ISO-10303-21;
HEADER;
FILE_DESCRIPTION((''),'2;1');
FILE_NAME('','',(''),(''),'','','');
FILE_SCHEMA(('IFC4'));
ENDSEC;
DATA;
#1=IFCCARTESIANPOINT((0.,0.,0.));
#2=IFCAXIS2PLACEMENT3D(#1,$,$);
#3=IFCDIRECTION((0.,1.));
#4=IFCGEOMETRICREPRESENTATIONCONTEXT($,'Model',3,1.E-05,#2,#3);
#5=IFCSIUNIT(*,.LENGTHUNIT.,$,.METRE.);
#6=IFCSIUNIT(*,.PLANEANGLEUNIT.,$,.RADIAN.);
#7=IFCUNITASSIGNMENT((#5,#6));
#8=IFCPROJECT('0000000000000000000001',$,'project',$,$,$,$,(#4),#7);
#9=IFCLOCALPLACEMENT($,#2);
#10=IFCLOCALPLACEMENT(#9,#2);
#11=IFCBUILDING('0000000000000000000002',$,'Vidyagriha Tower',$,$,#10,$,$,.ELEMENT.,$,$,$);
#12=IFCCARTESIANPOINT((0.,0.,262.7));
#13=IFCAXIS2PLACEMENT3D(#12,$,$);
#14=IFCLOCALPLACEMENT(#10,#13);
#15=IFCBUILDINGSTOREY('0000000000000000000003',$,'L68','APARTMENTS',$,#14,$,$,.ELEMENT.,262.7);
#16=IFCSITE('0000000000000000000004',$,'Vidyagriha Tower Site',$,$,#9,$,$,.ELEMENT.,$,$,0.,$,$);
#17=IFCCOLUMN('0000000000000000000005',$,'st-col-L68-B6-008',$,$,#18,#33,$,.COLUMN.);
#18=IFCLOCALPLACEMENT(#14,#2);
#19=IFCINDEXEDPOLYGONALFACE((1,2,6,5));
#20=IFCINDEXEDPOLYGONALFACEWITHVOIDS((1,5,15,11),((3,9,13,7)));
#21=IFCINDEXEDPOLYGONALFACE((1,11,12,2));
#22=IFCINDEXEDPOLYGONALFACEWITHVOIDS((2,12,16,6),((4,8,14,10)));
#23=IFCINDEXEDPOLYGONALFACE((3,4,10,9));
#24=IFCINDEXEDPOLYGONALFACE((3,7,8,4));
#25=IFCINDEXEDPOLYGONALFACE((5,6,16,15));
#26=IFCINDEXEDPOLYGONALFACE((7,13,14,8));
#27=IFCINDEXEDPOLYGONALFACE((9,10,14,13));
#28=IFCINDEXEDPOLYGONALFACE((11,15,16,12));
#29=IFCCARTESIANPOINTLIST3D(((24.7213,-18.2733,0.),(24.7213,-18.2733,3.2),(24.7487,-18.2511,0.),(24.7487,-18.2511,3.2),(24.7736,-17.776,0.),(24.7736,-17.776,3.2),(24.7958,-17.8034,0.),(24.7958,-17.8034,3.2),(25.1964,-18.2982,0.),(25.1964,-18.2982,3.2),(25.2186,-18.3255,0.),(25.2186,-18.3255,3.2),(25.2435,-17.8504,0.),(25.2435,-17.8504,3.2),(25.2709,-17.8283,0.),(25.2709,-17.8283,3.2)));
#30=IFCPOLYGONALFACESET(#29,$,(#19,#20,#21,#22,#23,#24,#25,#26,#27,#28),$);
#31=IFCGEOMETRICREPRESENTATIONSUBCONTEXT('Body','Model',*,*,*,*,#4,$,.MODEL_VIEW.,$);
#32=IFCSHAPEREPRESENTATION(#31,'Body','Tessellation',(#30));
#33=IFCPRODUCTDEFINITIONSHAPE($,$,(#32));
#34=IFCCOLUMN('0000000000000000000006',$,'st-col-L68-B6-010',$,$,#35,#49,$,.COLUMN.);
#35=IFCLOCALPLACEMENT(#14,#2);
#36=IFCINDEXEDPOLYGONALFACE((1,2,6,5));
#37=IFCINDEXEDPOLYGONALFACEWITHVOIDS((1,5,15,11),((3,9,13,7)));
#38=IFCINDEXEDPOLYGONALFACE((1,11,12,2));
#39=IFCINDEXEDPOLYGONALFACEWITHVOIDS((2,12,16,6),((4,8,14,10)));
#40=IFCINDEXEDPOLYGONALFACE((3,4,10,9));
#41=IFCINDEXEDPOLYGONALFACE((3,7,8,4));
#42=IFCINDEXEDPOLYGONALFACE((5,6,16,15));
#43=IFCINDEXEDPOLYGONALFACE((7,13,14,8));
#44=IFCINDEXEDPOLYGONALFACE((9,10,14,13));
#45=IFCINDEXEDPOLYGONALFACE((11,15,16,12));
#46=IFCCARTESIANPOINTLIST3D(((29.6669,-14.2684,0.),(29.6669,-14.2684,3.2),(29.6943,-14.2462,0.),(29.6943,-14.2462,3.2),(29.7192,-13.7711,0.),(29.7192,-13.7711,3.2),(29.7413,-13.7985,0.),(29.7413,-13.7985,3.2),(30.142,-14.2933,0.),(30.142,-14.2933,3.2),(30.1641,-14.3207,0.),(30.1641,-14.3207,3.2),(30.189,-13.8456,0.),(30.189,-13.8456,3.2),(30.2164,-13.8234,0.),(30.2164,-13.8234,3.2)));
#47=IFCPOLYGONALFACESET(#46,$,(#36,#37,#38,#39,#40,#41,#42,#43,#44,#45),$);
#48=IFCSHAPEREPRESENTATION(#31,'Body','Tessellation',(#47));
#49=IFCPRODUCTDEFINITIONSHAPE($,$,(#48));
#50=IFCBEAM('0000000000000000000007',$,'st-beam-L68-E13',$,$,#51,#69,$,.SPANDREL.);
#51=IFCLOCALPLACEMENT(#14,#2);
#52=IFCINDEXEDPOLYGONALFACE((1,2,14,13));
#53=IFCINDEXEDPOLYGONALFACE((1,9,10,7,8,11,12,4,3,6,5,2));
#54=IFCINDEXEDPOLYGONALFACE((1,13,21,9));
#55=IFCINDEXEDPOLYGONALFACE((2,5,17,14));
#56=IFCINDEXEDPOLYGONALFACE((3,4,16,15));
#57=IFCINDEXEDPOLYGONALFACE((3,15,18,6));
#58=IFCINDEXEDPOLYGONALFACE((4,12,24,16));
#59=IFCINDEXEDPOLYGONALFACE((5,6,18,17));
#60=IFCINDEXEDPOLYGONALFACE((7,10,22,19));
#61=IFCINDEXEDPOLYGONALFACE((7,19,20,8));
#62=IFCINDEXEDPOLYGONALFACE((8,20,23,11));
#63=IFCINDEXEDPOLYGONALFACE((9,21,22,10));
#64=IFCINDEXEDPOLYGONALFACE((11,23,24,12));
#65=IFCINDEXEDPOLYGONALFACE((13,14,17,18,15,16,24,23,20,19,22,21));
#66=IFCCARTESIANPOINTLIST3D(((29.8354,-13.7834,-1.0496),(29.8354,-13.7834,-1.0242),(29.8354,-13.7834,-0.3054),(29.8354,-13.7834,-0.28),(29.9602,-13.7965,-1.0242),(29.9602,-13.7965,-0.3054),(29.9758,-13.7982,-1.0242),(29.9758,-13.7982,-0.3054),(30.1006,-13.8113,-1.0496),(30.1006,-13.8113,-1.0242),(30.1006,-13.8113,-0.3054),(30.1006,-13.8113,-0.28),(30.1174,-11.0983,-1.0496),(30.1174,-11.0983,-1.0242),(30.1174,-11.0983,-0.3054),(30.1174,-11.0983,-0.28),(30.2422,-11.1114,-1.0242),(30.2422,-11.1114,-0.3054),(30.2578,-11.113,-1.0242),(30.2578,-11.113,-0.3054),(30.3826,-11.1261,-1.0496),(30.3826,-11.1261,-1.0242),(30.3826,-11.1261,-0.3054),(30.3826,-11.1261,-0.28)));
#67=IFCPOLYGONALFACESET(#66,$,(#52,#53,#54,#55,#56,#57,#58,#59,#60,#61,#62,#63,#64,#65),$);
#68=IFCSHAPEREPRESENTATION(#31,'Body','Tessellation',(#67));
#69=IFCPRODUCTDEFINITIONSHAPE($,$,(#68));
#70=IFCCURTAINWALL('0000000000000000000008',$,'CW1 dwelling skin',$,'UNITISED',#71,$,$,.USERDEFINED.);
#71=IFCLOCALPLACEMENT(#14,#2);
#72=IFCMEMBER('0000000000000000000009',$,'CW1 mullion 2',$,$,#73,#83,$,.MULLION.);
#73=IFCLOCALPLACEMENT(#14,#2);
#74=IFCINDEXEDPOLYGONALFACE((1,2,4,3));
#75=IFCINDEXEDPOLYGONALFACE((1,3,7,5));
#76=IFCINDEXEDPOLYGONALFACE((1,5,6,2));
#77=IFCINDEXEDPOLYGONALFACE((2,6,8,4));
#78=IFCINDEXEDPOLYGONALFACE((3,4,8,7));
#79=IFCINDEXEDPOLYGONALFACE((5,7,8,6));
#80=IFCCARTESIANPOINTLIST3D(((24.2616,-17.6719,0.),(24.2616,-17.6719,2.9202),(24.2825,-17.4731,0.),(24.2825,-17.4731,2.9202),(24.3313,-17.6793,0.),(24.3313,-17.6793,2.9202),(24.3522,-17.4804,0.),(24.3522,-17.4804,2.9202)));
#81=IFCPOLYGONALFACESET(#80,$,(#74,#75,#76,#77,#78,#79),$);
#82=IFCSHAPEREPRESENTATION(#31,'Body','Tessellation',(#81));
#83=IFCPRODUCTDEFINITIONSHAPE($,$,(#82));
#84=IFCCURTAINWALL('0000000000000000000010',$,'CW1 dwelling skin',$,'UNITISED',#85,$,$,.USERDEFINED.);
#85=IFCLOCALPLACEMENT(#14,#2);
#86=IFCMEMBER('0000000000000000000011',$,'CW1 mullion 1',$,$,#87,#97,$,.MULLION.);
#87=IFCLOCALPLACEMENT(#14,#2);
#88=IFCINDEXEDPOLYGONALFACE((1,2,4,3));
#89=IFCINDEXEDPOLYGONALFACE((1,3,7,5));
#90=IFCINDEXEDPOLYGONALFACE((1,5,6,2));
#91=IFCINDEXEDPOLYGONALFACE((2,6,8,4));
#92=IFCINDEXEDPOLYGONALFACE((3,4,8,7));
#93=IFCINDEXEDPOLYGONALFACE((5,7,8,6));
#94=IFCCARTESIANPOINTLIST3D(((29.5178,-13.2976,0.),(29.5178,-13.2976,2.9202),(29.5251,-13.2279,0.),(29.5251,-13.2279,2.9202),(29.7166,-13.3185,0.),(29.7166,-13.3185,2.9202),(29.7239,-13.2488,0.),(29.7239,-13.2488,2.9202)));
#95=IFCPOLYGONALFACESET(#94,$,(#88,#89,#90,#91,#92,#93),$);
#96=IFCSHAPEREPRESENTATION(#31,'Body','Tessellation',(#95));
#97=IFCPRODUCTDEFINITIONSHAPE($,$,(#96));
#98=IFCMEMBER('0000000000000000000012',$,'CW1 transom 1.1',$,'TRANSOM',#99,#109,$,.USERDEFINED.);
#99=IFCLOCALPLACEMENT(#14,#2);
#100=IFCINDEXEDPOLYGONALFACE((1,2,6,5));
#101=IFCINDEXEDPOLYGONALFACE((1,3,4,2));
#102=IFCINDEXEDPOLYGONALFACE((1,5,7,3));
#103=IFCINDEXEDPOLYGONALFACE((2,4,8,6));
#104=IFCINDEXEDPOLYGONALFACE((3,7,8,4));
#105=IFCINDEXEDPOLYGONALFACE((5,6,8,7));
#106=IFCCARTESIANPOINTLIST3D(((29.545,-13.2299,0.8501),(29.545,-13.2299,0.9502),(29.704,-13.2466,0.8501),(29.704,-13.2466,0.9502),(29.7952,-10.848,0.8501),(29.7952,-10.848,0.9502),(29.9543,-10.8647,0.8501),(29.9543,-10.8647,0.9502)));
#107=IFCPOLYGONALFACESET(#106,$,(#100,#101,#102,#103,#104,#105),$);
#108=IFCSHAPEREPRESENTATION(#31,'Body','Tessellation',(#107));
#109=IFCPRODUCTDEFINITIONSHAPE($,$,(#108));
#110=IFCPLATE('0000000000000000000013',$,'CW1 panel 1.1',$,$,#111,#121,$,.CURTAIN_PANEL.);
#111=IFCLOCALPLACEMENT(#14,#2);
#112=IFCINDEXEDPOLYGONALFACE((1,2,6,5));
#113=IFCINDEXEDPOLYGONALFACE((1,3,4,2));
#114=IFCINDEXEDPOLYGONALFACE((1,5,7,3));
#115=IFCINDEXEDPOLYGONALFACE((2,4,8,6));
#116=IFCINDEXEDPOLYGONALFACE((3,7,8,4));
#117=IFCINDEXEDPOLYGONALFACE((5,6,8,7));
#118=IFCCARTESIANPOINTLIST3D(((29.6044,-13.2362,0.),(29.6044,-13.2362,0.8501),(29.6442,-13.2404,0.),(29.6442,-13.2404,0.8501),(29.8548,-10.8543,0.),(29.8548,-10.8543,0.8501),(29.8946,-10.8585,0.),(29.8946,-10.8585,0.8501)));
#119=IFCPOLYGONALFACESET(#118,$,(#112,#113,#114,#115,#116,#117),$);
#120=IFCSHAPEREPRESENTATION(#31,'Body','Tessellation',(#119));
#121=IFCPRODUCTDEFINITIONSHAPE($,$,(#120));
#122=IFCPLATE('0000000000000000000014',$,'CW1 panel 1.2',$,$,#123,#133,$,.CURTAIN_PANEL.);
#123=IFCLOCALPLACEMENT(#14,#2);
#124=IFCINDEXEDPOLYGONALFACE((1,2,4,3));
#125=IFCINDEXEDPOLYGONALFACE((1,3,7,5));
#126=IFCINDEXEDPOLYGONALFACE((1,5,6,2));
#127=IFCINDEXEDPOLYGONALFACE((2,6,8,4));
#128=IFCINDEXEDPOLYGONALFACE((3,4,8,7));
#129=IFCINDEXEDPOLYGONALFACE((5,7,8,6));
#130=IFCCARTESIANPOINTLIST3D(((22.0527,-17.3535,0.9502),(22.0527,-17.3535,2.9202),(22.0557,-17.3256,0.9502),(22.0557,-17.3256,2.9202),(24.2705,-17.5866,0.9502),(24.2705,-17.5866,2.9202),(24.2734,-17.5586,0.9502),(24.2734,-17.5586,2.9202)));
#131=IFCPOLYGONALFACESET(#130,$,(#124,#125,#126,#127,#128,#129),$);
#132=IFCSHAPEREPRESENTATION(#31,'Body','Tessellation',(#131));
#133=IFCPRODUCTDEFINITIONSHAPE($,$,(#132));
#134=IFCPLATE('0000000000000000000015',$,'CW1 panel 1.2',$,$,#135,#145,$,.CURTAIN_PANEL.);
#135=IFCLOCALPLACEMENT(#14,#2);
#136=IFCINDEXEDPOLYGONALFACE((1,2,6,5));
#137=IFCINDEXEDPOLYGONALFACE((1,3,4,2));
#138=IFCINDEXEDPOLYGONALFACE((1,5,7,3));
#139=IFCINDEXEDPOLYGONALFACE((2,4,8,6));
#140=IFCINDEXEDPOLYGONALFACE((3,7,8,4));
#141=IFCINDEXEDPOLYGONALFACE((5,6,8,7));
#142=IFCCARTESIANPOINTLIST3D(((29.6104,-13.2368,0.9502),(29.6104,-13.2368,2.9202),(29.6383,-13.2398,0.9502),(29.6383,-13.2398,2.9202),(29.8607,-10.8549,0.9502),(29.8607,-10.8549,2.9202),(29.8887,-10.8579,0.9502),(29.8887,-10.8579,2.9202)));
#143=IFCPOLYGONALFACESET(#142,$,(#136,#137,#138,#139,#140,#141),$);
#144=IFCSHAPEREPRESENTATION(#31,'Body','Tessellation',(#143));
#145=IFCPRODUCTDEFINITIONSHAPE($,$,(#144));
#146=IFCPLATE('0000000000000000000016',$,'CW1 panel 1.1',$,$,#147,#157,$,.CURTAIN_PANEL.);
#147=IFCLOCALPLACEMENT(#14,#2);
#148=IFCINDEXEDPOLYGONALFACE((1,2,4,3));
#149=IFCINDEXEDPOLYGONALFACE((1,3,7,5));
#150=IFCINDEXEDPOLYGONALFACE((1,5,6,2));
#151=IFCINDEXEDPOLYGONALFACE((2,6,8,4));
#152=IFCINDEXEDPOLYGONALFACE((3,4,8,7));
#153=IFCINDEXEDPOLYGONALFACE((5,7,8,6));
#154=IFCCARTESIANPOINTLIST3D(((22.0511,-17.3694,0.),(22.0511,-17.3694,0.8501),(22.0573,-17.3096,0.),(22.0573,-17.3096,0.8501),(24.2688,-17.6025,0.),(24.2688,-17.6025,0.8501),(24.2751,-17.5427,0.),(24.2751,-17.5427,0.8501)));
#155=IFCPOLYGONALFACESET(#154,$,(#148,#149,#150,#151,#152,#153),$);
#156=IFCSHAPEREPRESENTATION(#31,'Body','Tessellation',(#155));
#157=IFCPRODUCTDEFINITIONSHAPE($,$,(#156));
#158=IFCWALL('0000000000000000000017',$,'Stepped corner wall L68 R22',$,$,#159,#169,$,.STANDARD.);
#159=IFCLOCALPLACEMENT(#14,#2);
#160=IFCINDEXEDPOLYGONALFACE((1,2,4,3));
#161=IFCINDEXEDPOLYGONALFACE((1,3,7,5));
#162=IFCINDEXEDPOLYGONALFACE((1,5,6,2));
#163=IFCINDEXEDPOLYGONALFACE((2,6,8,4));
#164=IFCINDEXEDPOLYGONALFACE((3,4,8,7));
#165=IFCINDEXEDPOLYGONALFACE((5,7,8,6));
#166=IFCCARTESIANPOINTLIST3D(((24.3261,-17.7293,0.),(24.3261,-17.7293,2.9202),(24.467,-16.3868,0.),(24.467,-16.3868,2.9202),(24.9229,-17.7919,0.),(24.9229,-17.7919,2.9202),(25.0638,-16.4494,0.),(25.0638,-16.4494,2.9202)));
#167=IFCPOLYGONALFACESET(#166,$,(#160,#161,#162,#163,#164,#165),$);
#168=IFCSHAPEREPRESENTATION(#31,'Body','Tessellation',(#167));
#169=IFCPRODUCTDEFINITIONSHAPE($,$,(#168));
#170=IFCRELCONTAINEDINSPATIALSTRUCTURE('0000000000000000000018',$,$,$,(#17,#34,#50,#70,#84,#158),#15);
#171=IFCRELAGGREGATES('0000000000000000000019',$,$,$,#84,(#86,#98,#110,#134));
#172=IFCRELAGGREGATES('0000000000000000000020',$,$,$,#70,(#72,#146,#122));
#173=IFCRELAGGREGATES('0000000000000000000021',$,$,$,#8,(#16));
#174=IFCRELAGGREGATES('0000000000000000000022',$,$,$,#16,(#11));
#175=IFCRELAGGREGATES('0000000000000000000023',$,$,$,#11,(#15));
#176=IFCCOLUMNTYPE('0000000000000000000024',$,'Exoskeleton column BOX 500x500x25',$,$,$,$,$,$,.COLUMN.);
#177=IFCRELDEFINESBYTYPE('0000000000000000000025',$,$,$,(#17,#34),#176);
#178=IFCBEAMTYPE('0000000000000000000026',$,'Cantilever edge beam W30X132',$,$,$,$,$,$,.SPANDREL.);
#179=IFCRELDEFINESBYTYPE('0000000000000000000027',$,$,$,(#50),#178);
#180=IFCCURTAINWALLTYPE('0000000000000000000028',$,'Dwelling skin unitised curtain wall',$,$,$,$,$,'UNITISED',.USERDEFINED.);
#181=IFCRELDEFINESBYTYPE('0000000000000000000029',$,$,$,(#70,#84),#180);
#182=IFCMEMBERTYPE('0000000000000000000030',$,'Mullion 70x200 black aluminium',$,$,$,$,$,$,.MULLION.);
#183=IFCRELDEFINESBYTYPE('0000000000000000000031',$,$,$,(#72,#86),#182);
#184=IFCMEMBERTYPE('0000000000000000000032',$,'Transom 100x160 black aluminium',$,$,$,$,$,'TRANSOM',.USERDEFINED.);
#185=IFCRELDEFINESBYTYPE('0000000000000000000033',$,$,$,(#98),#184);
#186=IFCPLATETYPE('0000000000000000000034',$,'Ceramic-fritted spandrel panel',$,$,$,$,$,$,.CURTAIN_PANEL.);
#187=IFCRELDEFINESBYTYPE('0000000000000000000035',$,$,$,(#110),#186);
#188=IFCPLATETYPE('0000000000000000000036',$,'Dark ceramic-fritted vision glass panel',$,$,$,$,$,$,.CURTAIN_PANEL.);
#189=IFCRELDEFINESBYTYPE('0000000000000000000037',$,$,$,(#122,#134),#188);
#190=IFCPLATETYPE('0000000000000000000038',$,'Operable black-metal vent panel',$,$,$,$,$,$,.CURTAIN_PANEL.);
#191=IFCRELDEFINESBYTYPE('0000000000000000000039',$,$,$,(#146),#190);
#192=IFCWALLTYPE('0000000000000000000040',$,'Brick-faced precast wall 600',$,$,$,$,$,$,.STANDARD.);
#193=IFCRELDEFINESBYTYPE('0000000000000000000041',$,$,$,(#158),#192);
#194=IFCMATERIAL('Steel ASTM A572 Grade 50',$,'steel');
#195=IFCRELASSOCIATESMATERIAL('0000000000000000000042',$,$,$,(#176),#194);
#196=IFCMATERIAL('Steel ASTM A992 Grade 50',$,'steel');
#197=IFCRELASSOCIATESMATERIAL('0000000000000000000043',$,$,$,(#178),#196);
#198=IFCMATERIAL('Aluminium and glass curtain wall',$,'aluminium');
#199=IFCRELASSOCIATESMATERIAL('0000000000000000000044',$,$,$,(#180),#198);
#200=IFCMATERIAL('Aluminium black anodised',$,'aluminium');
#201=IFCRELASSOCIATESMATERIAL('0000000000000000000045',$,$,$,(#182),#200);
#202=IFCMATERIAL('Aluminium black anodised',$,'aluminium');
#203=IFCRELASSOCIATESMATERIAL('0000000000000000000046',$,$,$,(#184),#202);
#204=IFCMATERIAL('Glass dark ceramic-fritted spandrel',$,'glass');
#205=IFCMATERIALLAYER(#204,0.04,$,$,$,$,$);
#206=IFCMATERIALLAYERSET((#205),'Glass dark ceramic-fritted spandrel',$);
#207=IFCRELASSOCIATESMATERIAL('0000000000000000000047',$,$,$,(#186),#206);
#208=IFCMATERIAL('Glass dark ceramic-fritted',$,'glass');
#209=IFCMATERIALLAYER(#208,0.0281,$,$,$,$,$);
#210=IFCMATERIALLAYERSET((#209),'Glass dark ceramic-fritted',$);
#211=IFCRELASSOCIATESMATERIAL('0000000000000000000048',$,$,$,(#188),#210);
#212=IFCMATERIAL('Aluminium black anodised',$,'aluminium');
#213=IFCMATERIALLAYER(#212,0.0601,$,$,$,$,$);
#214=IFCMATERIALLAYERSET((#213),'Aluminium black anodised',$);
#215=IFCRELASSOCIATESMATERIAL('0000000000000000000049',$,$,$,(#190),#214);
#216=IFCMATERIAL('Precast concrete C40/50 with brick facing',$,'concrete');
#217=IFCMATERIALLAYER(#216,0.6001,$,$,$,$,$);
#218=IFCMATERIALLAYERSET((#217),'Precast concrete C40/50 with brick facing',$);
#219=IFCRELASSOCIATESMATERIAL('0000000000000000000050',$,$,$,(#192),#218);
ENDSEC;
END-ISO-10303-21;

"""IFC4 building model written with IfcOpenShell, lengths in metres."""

from ifc_helpers import new_model, si_unit, direction, frame, frame_2d, origin, origin_2d, place, context, subcontext, project, spatial, rectangle, hollow_rectangle, i_section, extrude, material, layer, layer_set, material_profile, profile_set, type_object, element, aggregate, save


model = new_model("IFC4")

# Units and contexts
model_context = context("Model", 3, precision=1e-05, world=origin(), true_north=direction((0.0, 1.0)))
body_context = subcontext(model_context, "Body", "Model", "MODEL_VIEW")
ifc_project = project(units=[si_unit("LENGTHUNIT", "METRE"), si_unit("PLANEANGLEUNIT", "RADIAN")], contexts=[model_context])

# Site, building, storey
site_placement = place(None, origin())
site = spatial("IfcSite", under=ifc_project, at=site_placement, Name="Vidyagriha Tower Site", CompositionType="ELEMENT", RefElevation=0.0)
building_placement = place(site_placement, origin())
building = spatial("IfcBuilding", under=site, at=building_placement, Name="Vidyagriha Tower", CompositionType="ELEMENT")
storey_placement = place(building_placement, frame((0.0, 0.0, 262.7)))
storey = spatial("IfcBuildingStorey", under=building, at=storey_placement, Name="L68", Description="APARTMENTS", CompositionType="ELEMENT", Elevation=262.7)

# Columns
ifc_material_1 = material(Name="Steel ASTM A572 Grade 50", Category="steel")
ifc_material_profile_1 = material_profile(ifc_material_1, hollow_rectangle(XDim=0.5, YDim=0.5, WallThickness=0.0249, at=origin_2d()), Name="BOX 500x500x25")
ifc_profile_set_1 = profile_set([ifc_material_profile_1], Name="Steel ASTM A572 Grade 50")
column_type = type_object("IfcColumnType", Name="Exoskeleton column BOX 500x500x25", PredefinedType="COLUMN", material=ifc_profile_set_1)
for number, where, z_axis, x_axis, name in (
    (1, (24.9961, -18.0508, 0.0), (0.0, 0.0, 1.0), (0.994522, -0.104528, 0.0), "st-col-L68-B6-008"),
    (2, (29.9417, -14.0459, 0.0), (0.0, 0.0, 1.0), (0.994522, -0.104528, 0.0), "st-col-L68-B6-010"),
):
    element("IfcColumn", number, at=place(storey_placement, frame(where, z_axis=z_axis, x_axis=x_axis)), inside=storey, type_object=column_type, Name=name, PredefinedType="COLUMN", context=body_context, shape_type="SweptSolid", body=[
        extrude(hollow_rectangle(XDim=0.5, YDim=0.5, WallThickness=0.0249, at=origin_2d()), origin(), (0.0, 0.0, 1.0), 3.2),
    ])

# Beam
ifc_material_2 = material(Name="Steel ASTM A992 Grade 50", Category="steel")
ifc_material_profile_2 = material_profile(ifc_material_2, i_section(OverallWidth=0.2666, OverallDepth=0.7695, WebThickness=0.0156, FlangeThickness=0.0254, at=origin_2d()), Name="W30X132")
ifc_profile_set_2 = profile_set([ifc_material_profile_2], Name="Steel ASTM A992 Grade 50")
beam_type = type_object("IfcBeamType", Name="Cantilever edge beam W30X132", PredefinedType="SPANDREL", material=ifc_profile_set_2)
beam_placement = place(storey_placement, frame((29.968, -13.7974, -0.6648), z_axis=(0.104435, 0.994532, 0.0), x_axis=(-0.994532, 0.104435, 0.0)))
element("IfcBeam", 3, at=beam_placement, inside=storey, type_object=beam_type, Name="st-beam-L68-E13", PredefinedType="SPANDREL", context=body_context, shape_type="SweptSolid", body=[
    extrude(i_section(OverallWidth=0.2666, OverallDepth=0.7695, WebThickness=0.0156, FlangeThickness=0.0254, at=origin_2d()), origin(), (0.0, 0.0, 1.0), 2.7),
])

# Curtain wall, member
ifc_material_3 = material(Name="Aluminium and glass curtain wall", Category="aluminium")
curtain_wall_type = type_object("IfcCurtainWallType", Name="Dwelling skin unitised curtain wall", ElementType="UNITISED", PredefinedType="USERDEFINED", material=ifc_material_3)
curtain_wall_1_placement = place(storey_placement, origin())
curtain_wall_1 = element("IfcCurtainWall", 4, at=curtain_wall_1_placement, inside=storey, type_object=curtain_wall_type, Name="CW1 dwelling skin", ObjectType="UNITISED", PredefinedType="USERDEFINED")
ifc_material_4 = material(Name="Aluminium black anodised", Category="aluminium")
ifc_material_profile_3 = material_profile(ifc_material_4, rectangle(XDim=0.2, YDim=0.0701, at=origin_2d()), Name="Mullion 70x200 black aluminium")
ifc_profile_set_3 = profile_set([ifc_material_profile_3], Name="Aluminium black anodised")
member_type_1 = type_object("IfcMemberType", Name="Mullion 70x200 black aluminium", PredefinedType="MULLION", material=ifc_profile_set_3)
member_1_placement = place(storey_placement, frame((24.3069, -17.5762, 0.0), z_axis=(0.0, 0.0, 1.0), x_axis=(0.104522, 0.994523, 0.0)))
member_1 = element("IfcMember", 5, at=member_1_placement, type_object=member_type_1, Name="CW1 mullion 2", PredefinedType="MULLION", context=body_context, shape_type="SweptSolid", body=[
    extrude(rectangle(XDim=0.2, YDim=0.0701, at=origin_2d()), origin(), (0.0, 0.0, 1.0), 2.9202),
])

# Curtain wall, members, plate
curtain_wall_2_placement = place(storey_placement, origin())
curtain_wall_2 = element("IfcCurtainWall", 6, at=curtain_wall_2_placement, inside=storey, type_object=curtain_wall_type, Name="CW1 dwelling skin", ObjectType="UNITISED", PredefinedType="USERDEFINED")
member_2_placement = place(storey_placement, frame((29.6208, -13.2732, 0.0), z_axis=(0.0, 0.0, 1.0), x_axis=(-0.994521, 0.104533, 0.0)))
member_2 = element("IfcMember", 7, at=member_2_placement, type_object=member_type_1, Name="CW1 mullion 1", PredefinedType="MULLION", context=body_context, shape_type="SweptSolid", body=[
    extrude(rectangle(XDim=0.2, YDim=0.0701, at=origin_2d()), origin(), (0.0, 0.0, 1.0), 2.9202),
])
ifc_material_5 = material(Name="Aluminium black anodised", Category="aluminium")
ifc_material_profile_4 = material_profile(ifc_material_5, rectangle(XDim=0.1599, YDim=0.1001, at=origin_2d()), Name="Transom 100x160 black aluminium")
ifc_profile_set_4 = profile_set([ifc_material_profile_4], Name="Aluminium black anodised")
member_type_2 = type_object("IfcMemberType", Name="Transom 100x160 black aluminium", ElementType="TRANSOM", PredefinedType="USERDEFINED", material=ifc_profile_set_4)
member_3_placement = place(storey_placement, frame((29.6245, -13.2383, 0.9001), z_axis=(0.104488, 0.994526, 0.0), x_axis=(-0.994526, 0.104488, 0.0)))
member_3 = element("IfcMember", 8, at=member_3_placement, type_object=member_type_2, Name="CW1 transom 1.1", ObjectType="TRANSOM", PredefinedType="USERDEFINED", context=body_context, shape_type="SweptSolid", body=[
    extrude(rectangle(XDim=0.1599, YDim=0.1001, at=origin_2d()), origin(), (0.0, 0.0, 1.0), 2.395),
])
ifc_material_6 = material(Name="Glass dark ceramic-fritted spandrel", Category="glass")
ifc_layer_1 = layer(ifc_material_6, 0.04)
ifc_layer_set_1 = layer_set([ifc_layer_1], Name="Glass dark ceramic-fritted spandrel")
plate_type_1 = type_object("IfcPlateType", Name="Ceramic-fritted spandrel panel", PredefinedType="CURTAIN_PANEL", material=ifc_layer_set_1)
plate_1_placement = place(storey_placement, frame((29.7495, -12.0474, 0.0), z_axis=(0.0, 0.0, 1.0), x_axis=(0.104533, 0.994521, 0.0)))
plate_1 = element("IfcPlate", 9, at=plate_1_placement, type_object=plate_type_1, Name="CW1 panel 1.1", PredefinedType="CURTAIN_PANEL", context=body_context, shape_type="SweptSolid", body=[
    extrude(rectangle(XDim=2.395, YDim=0.04, at=origin_2d()), origin(), (0.0, 0.0, 1.0), 0.8501),
])

# Plates
ifc_material_7 = material(Name="Glass dark ceramic-fritted", Category="glass")
ifc_layer_2 = layer(ifc_material_7, 0.0281)
ifc_layer_set_2 = layer_set([ifc_layer_2], Name="Glass dark ceramic-fritted")
plate_type_2 = type_object("IfcPlateType", Name="Dark ceramic-fritted vision glass panel", PredefinedType="CURTAIN_PANEL", material=ifc_layer_set_2)
plate_2_placement = place(storey_placement, frame((23.1631, -17.4561, 0.9502), z_axis=(0.0, 0.0, 1.0), x_axis=(0.994523, -0.104522, 0.0)))
plate_2 = element("IfcPlate", 10, at=plate_2_placement, type_object=plate_type_2, Name="CW1 panel 1.2", PredefinedType="CURTAIN_PANEL", context=body_context, shape_type="SweptSolid", body=[
    extrude(rectangle(XDim=2.23, YDim=0.0281, at=origin_2d()), origin(), (0.0, 0.0, 1.0), 1.97),
])
plate_3_placement = place(storey_placement, frame((29.7495, -12.0474, 0.9502), z_axis=(0.0, 0.0, 1.0), x_axis=(0.104533, 0.994521, 0.0)))
plate_3 = element("IfcPlate", 11, at=plate_3_placement, type_object=plate_type_2, Name="CW1 panel 1.2", PredefinedType="CURTAIN_PANEL", context=body_context, shape_type="SweptSolid", body=[
    extrude(rectangle(XDim=2.395, YDim=0.0281, at=origin_2d()), origin(), (0.0, 0.0, 1.0), 1.97),
])
aggregate(curtain_wall_2, [member_2, member_3, plate_1, plate_3])
ifc_material_8 = material(Name="Aluminium black anodised", Category="aluminium")
ifc_layer_3 = layer(ifc_material_8, 0.0601)
ifc_layer_set_3 = layer_set([ifc_layer_3], Name="Aluminium black anodised")
plate_type_3 = type_object("IfcPlateType", Name="Operable black-metal vent panel", PredefinedType="CURTAIN_PANEL", material=ifc_layer_set_3)
plate_4_placement = place(storey_placement, frame((23.1631, -17.4561, 0.0), z_axis=(0.0, 0.0, 1.0), x_axis=(0.994523, -0.104522, 0.0)))
plate_4 = element("IfcPlate", 12, at=plate_4_placement, type_object=plate_type_3, Name="CW1 panel 1.1", PredefinedType="CURTAIN_PANEL", context=body_context, shape_type="SweptSolid", body=[
    extrude(rectangle(XDim=2.23, YDim=0.0601, at=origin_2d()), origin(), (0.0, 0.0, 1.0), 0.8501),
])
aggregate(curtain_wall_1, [member_1, plate_4, plate_2])

# Wall
ifc_material_9 = material(Name="Precast concrete C40/50 with brick facing", Category="concrete")
ifc_layer_4 = layer(ifc_material_9, 0.6001)
ifc_layer_set_4 = layer_set([ifc_layer_4], Name="Precast concrete C40/50 with brick facing")
wall_type_1 = type_object("IfcWallType", Name="Brick-faced precast wall 600", PredefinedType="STANDARD", material=ifc_layer_set_4)
wall_1_placement = place(storey_placement, frame((24.6245, -17.7605, 0.0), z_axis=(0.0, 0.0, 1.0), x_axis=(0.104355, 0.99454, 0.0)))
element("IfcWall", 13, at=wall_1_placement, inside=storey, type_object=wall_type_1, Name="Stepped corner wall L68 R22", PredefinedType="STANDARD", context=body_context, shape_type="SweptSolid", body=[
    extrude(rectangle(XDim=1.3499, YDim=0.6001, at=frame_2d((0.6748, 0.0))), origin(), (0.0, 0.0, 1.0), 2.9202),
])

save(model, "model.ifc")
